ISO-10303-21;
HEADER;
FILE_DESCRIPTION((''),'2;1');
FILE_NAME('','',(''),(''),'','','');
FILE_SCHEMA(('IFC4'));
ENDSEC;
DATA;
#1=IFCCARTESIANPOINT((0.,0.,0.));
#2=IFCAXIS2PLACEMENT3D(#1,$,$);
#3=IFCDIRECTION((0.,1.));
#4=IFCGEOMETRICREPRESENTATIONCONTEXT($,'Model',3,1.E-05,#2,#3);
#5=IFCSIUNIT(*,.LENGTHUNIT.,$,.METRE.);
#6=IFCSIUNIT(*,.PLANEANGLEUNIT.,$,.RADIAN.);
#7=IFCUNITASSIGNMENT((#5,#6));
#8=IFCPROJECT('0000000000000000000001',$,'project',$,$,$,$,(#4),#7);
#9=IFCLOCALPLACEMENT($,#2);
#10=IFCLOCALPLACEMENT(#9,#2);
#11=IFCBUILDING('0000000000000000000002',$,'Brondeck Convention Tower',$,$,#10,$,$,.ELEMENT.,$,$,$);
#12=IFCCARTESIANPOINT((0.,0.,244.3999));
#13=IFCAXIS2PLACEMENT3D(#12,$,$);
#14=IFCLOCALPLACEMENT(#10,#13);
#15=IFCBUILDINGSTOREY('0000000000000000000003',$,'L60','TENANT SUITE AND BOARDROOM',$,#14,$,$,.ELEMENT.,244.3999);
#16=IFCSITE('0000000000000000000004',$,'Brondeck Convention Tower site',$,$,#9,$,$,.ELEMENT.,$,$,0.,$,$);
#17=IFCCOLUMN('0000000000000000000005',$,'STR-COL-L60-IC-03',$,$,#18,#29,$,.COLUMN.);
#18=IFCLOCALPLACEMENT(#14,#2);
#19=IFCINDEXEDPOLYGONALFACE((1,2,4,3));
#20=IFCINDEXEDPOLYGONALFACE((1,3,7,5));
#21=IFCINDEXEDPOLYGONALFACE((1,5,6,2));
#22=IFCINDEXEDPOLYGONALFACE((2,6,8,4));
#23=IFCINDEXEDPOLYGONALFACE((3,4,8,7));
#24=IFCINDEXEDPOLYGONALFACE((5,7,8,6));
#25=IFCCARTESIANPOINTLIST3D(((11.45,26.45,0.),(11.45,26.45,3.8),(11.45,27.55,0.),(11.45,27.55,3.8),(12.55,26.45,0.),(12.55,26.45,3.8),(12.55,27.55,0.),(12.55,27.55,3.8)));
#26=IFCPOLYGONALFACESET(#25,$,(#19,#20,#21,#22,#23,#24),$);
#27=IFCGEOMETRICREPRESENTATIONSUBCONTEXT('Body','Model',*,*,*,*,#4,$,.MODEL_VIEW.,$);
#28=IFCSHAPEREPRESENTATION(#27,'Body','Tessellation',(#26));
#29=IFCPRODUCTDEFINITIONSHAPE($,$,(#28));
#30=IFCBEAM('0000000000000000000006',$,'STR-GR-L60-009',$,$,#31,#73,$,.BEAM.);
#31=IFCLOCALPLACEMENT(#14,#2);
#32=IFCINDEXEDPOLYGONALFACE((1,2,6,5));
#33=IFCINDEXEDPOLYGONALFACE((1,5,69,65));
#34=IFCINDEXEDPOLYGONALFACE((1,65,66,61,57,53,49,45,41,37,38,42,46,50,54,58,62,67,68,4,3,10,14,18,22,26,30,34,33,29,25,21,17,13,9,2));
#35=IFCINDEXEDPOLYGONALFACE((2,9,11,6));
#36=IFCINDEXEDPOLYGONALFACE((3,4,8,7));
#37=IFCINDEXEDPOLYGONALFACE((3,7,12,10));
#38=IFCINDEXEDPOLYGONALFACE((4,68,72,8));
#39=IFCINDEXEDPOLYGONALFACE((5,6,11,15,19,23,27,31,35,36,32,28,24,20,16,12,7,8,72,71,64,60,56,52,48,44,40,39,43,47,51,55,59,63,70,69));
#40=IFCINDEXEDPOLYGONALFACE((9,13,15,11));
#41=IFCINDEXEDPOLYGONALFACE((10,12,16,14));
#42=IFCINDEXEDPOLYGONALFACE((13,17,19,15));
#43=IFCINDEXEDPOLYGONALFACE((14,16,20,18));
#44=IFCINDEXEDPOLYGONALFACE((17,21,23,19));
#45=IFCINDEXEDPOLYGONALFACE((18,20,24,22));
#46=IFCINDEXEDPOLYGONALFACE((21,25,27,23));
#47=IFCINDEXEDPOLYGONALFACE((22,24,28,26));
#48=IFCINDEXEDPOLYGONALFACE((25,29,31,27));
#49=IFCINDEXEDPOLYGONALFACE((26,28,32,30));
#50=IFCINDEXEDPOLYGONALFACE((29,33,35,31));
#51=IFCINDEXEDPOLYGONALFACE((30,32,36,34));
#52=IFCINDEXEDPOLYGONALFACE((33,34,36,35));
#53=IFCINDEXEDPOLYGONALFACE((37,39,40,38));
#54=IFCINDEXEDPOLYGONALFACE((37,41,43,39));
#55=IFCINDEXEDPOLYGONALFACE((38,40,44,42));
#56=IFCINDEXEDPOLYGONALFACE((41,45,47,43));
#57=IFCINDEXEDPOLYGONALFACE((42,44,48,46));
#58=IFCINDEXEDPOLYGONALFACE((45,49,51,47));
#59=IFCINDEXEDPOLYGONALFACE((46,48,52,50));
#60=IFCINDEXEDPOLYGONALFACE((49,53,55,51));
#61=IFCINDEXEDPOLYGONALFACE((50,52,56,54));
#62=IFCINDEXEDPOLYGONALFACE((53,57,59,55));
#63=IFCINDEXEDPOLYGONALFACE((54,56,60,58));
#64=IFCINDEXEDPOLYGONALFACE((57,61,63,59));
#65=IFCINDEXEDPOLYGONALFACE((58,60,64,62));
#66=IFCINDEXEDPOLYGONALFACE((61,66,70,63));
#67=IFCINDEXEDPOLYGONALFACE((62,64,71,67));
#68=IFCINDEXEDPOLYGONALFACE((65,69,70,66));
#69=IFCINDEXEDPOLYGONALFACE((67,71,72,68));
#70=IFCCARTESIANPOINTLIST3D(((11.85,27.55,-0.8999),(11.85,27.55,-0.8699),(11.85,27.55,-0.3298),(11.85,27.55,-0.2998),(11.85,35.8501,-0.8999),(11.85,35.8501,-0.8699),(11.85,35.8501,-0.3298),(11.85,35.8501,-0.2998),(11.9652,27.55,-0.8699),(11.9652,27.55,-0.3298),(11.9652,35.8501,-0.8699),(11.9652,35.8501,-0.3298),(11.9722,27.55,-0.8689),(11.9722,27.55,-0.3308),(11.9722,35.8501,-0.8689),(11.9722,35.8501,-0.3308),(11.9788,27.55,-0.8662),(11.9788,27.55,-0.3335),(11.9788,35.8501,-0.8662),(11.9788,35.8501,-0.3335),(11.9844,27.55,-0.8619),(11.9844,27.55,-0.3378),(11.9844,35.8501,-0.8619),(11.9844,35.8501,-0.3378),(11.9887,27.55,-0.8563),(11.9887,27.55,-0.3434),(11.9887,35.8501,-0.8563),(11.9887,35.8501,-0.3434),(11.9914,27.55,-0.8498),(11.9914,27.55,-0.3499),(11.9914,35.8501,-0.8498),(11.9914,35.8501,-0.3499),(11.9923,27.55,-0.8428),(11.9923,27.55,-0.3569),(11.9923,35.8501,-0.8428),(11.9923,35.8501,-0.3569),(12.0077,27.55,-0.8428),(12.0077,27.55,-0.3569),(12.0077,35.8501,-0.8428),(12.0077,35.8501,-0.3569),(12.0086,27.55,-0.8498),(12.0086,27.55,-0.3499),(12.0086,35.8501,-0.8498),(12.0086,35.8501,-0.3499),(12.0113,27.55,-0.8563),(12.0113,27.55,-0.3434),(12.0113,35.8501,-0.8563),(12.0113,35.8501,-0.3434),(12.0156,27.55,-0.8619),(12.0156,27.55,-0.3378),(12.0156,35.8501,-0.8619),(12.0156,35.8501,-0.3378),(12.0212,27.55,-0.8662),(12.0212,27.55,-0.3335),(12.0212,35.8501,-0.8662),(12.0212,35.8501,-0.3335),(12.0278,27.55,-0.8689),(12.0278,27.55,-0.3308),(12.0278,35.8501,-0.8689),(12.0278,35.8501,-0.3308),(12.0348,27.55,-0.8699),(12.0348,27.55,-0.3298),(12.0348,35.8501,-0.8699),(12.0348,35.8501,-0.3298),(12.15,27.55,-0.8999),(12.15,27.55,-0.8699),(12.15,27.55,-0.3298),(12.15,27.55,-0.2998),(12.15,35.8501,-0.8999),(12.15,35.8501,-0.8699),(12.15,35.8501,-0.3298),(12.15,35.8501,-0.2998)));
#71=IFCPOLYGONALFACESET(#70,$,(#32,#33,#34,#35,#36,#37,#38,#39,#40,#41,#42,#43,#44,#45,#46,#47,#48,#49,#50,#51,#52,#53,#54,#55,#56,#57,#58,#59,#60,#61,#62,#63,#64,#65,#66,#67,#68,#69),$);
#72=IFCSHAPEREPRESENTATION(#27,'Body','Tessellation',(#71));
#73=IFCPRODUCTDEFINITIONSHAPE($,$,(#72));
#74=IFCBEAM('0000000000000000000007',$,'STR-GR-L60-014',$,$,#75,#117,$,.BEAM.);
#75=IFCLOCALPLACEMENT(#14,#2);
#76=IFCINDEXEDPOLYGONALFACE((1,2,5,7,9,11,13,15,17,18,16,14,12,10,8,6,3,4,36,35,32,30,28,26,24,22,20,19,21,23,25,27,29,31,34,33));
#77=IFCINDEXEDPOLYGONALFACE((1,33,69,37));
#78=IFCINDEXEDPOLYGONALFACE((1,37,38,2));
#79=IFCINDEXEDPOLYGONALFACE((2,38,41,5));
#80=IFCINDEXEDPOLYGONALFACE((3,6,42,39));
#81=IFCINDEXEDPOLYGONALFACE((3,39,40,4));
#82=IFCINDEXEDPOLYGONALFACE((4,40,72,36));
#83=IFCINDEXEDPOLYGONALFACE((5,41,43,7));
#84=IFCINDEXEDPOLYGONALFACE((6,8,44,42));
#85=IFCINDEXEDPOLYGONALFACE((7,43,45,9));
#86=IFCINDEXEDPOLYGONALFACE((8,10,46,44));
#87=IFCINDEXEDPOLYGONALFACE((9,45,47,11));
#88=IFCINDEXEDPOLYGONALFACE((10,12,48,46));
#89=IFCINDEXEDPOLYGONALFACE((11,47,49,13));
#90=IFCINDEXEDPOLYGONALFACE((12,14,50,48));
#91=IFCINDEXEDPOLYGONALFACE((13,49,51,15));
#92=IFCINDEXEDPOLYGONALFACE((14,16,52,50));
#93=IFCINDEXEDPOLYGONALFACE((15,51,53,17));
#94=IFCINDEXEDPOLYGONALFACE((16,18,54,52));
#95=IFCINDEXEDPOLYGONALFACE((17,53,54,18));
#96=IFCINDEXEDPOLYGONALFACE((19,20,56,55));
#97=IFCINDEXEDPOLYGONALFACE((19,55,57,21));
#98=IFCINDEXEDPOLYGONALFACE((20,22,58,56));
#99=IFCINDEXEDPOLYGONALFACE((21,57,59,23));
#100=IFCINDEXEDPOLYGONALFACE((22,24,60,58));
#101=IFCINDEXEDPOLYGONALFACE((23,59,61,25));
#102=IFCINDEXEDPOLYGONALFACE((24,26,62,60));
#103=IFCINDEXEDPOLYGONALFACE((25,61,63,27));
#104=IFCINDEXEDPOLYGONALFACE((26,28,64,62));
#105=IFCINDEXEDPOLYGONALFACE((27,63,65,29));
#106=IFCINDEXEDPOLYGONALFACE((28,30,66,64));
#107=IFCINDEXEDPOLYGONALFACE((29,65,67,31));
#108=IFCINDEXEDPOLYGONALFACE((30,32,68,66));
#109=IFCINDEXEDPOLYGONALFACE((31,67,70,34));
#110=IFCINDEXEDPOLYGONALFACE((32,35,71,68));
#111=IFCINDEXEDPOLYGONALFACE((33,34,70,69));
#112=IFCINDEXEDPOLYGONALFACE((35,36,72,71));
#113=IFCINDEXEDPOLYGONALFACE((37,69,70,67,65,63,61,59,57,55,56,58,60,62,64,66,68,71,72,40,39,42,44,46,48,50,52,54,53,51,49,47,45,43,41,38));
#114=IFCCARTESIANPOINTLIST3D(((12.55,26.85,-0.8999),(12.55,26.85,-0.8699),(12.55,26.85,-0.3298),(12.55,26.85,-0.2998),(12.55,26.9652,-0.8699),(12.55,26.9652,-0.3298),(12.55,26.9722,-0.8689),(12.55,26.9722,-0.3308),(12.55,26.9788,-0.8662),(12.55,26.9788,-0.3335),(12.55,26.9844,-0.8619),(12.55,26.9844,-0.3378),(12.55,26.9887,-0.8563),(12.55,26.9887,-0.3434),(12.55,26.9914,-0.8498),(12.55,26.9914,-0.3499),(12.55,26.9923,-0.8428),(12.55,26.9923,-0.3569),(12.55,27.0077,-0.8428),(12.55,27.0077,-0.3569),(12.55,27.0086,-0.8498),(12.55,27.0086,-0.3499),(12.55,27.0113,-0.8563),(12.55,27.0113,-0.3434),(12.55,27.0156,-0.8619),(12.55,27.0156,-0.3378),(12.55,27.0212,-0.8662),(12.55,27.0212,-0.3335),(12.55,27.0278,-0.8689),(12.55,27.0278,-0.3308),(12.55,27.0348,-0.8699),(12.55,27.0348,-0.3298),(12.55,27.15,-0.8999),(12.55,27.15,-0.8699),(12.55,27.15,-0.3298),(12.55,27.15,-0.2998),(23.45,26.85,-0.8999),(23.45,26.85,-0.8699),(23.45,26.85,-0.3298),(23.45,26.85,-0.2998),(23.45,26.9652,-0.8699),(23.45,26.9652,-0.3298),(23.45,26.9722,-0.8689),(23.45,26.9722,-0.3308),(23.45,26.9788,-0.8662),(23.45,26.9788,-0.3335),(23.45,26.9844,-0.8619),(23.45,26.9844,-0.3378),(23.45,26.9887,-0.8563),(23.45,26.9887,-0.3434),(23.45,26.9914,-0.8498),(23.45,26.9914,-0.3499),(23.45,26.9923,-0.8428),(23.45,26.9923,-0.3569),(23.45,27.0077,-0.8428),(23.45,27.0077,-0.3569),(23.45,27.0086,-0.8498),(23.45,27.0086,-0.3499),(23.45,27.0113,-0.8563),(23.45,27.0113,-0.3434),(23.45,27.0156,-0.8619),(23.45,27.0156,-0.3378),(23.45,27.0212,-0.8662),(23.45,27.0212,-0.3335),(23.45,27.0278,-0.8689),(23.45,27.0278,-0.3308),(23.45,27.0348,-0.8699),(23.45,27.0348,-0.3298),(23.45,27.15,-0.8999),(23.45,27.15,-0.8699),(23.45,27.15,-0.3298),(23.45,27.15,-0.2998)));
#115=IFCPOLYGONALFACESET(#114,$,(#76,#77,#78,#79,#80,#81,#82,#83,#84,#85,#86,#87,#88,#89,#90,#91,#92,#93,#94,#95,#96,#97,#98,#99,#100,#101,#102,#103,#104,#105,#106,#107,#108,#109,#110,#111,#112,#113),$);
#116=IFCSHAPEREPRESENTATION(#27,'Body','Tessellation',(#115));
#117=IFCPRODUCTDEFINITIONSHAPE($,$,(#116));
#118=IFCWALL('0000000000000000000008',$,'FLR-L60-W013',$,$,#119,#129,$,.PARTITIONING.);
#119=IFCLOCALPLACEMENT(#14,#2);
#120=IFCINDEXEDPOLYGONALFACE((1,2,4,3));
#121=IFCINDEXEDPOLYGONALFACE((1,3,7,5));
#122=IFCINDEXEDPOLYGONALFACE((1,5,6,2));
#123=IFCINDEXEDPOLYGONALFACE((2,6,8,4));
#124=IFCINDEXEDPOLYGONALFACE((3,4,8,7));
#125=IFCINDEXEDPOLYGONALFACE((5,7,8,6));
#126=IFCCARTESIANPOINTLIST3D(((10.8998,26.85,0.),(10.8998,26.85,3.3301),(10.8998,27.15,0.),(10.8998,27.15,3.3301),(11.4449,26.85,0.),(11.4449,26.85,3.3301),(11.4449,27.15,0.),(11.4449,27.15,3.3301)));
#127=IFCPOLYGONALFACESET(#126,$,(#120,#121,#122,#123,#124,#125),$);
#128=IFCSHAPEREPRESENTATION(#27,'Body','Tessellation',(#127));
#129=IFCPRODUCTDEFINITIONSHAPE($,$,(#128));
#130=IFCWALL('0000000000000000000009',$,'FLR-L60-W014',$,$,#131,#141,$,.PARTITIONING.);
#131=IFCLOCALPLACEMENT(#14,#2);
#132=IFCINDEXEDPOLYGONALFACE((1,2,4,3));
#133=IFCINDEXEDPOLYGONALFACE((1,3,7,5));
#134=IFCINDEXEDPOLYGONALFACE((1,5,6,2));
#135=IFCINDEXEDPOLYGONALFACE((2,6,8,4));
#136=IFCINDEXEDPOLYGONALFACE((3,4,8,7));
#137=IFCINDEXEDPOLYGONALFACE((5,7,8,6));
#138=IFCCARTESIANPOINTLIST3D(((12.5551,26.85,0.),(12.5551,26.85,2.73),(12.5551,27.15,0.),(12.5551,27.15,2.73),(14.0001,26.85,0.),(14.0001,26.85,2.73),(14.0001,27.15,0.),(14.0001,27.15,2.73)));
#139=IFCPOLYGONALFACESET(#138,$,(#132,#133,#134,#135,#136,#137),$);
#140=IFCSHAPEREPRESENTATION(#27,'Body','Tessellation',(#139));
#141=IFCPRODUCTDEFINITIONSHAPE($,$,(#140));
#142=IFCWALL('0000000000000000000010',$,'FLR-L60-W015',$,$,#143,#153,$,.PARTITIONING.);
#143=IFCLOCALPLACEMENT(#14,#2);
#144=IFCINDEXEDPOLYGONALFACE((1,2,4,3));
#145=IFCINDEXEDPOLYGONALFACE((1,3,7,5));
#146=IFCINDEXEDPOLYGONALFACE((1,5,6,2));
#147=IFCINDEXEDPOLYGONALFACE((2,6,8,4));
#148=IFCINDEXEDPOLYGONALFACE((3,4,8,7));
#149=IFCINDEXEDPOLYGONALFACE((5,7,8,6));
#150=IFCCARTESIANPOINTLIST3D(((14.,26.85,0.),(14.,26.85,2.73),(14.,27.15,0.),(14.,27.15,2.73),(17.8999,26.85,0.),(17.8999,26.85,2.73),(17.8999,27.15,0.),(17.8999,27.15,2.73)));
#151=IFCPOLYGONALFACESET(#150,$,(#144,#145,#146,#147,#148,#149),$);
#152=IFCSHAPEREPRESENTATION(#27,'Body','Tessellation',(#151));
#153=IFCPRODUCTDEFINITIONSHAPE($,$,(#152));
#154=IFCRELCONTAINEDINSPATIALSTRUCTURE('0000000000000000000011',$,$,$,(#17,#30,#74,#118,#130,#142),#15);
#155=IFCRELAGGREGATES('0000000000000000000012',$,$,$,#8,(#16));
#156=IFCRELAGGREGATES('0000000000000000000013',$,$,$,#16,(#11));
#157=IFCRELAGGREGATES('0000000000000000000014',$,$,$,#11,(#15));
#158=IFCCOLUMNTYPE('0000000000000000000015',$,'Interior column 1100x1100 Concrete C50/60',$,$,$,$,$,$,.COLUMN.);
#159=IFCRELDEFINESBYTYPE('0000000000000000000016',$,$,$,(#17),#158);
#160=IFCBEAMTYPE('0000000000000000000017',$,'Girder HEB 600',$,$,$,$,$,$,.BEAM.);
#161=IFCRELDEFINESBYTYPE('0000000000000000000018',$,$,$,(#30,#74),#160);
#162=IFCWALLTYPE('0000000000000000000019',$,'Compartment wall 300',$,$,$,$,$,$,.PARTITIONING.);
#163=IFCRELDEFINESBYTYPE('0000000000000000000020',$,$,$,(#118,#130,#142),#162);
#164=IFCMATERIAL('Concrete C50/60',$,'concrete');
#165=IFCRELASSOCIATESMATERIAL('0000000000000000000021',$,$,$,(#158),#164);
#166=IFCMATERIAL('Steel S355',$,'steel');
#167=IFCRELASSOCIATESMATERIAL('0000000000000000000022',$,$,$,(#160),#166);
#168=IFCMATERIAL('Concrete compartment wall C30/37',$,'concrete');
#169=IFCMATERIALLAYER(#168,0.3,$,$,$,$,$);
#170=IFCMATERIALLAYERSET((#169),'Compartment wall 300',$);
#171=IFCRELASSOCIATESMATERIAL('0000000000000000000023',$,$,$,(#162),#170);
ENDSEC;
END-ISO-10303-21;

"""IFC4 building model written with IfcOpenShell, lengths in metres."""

from ifc_helpers import new_model, si_unit, direction, frame, frame_2d, origin, origin_2d, place, context, subcontext, project, spatial, rectangle, i_section, extrude, material, layer, layer_set, material_profile, profile_set, type_object, element, save


model = new_model("IFC4")

# Units and contexts
model_context = context("Model", 3, precision=1e-05, world=origin(), true_north=direction((0.0, 1.0)))
body_context = subcontext(model_context, "Body", "Model", "MODEL_VIEW")
ifc_project = project(units=[si_unit("LENGTHUNIT", "METRE"), si_unit("PLANEANGLEUNIT", "RADIAN")], contexts=[model_context])

# Site, building, storey
site_placement = place(None, origin())
site = spatial("IfcSite", under=ifc_project, at=site_placement, Name="Brondeck Convention Tower site", CompositionType="ELEMENT", RefElevation=0.0)
building_placement = place(site_placement, origin())
building = spatial("IfcBuilding", under=site, at=building_placement, Name="Brondeck Convention Tower", CompositionType="ELEMENT")
storey_placement = place(building_placement, frame((0.0, 0.0, 244.3999)))
storey = spatial("IfcBuildingStorey", under=building, at=storey_placement, Name="L60", Description="TENANT SUITE AND BOARDROOM", CompositionType="ELEMENT", Elevation=244.3999)

# Column
ifc_material_1 = material(Name="Concrete C50/60", Category="concrete")
ifc_material_profile_1 = material_profile(ifc_material_1, rectangle(XDim=1.1001, YDim=1.1001, at=origin_2d()), Name="Interior column 1100x1100 Concrete C50/60")
ifc_profile_set_1 = profile_set([ifc_material_profile_1], Name="Concrete C50/60")
column_type = type_object("IfcColumnType", Name="Interior column 1100x1100 Concrete C50/60", PredefinedType="COLUMN", material=ifc_profile_set_1)
column_placement = place(storey_placement, frame((12.0, 27.0, 0.0), z_axis=(0.0, 0.0, 1.0), x_axis=(1.0, 0.0, 0.0)))
element("IfcColumn", 1, at=column_placement, inside=storey, type_object=column_type, Name="STR-COL-L60-IC-03", PredefinedType="COLUMN", context=body_context, shape_type="SweptSolid", body=[
    extrude(rectangle(XDim=1.1001, YDim=1.1001, at=origin_2d()), origin(), (0.0, 0.0, 1.0), 3.8),
])

# Beams
ifc_material_2 = material(Name="Steel S355", Category="steel")
ifc_material_profile_2 = material_profile(ifc_material_2, i_section(OverallWidth=0.3, OverallDepth=0.6001, WebThickness=0.0154, FlangeThickness=0.03, FilletRadius=0.0271, at=origin_2d()), Name="HEB 600")
ifc_profile_set_2 = profile_set([ifc_material_profile_2], Name="Steel S355")
beam_type = type_object("IfcBeamType", Name="Girder HEB 600", PredefinedType="BEAM", material=ifc_profile_set_2)
beam_1_placement = place(storey_placement, frame((12.0, 35.8501, -0.5999), z_axis=(0.0, -1.0, 0.0), x_axis=(1.0, 0.0, 0.0)))
element("IfcBeam", 2, at=beam_1_placement, inside=storey, type_object=beam_type, Name="STR-GR-L60-009", PredefinedType="BEAM", context=body_context, shape_type="SweptSolid", body=[
    extrude(i_section(OverallWidth=0.3, OverallDepth=0.6001, WebThickness=0.0154, FlangeThickness=0.03, FilletRadius=0.0271, at=origin_2d()), origin(), (0.0, 0.0, 1.0), 8.3),
])
beam_2_placement = place(storey_placement, frame((12.55, 27.0, -0.5999), z_axis=(1.0, 0.0, 0.0), x_axis=(0.0, 1.0, 0.0)))
element("IfcBeam", 3, at=beam_2_placement, inside=storey, type_object=beam_type, Name="STR-GR-L60-014", PredefinedType="BEAM", context=body_context, shape_type="SweptSolid", body=[
    extrude(i_section(OverallWidth=0.3, OverallDepth=0.6001, WebThickness=0.0154, FlangeThickness=0.03, FilletRadius=0.0271, at=origin_2d()), origin(), (0.0, 0.0, 1.0), 10.8999),
])

# Walls
ifc_material_3 = material(Name="Concrete compartment wall C30/37", Category="concrete")
ifc_layer_1 = layer(ifc_material_3, 0.3)
ifc_layer_set_1 = layer_set([ifc_layer_1], Name="Compartment wall 300")
wall_type_1 = type_object("IfcWallType", Name="Compartment wall 300", PredefinedType="PARTITIONING", material=ifc_layer_set_1)
wall_1_placement = place(storey_placement, frame((10.8999, 27.0, 0.0), z_axis=(0.0, 0.0, 1.0), x_axis=(1.0, 0.0, 0.0)))
element("IfcWall", 4, at=wall_1_placement, inside=storey, type_object=wall_type_1, Name="FLR-L60-W013", PredefinedType="PARTITIONING", context=body_context, shape_type="SweptSolid", body=[
    extrude(rectangle(XDim=0.5452, YDim=0.3, at=frame_2d((0.2725, 0.0))), origin(), (0.0, 0.0, 1.0), 3.3301),
])
wall_2_placement = place(storey_placement, frame((12.5549, 27.0, 0.0), z_axis=(0.0, 0.0, 1.0), x_axis=(1.0, 0.0, 0.0)))
element("IfcWall", 5, at=wall_2_placement, inside=storey, type_object=wall_type_1, Name="FLR-L60-W014", PredefinedType="PARTITIONING", context=body_context, shape_type="SweptSolid", body=[
    extrude(rectangle(XDim=1.4451, YDim=0.3, at=frame_2d((0.7227, 0.0))), origin(), (0.0, 0.0, 1.0), 2.73),
])
wall_3_placement = place(storey_placement, frame((14.0, 27.0, 0.0), z_axis=(0.0, 0.0, 1.0), x_axis=(1.0, 0.0, 0.0)))
element("IfcWall", 6, at=wall_3_placement, inside=storey, type_object=wall_type_1, Name="FLR-L60-W015", PredefinedType="PARTITIONING", context=body_context, shape_type="SweptSolid", body=[
    extrude(rectangle(XDim=3.8999, YDim=0.3, at=frame_2d((1.95, 0.0))), origin(), (0.0, 0.0, 1.0), 2.73),
])

save(model, "model.ifc")
